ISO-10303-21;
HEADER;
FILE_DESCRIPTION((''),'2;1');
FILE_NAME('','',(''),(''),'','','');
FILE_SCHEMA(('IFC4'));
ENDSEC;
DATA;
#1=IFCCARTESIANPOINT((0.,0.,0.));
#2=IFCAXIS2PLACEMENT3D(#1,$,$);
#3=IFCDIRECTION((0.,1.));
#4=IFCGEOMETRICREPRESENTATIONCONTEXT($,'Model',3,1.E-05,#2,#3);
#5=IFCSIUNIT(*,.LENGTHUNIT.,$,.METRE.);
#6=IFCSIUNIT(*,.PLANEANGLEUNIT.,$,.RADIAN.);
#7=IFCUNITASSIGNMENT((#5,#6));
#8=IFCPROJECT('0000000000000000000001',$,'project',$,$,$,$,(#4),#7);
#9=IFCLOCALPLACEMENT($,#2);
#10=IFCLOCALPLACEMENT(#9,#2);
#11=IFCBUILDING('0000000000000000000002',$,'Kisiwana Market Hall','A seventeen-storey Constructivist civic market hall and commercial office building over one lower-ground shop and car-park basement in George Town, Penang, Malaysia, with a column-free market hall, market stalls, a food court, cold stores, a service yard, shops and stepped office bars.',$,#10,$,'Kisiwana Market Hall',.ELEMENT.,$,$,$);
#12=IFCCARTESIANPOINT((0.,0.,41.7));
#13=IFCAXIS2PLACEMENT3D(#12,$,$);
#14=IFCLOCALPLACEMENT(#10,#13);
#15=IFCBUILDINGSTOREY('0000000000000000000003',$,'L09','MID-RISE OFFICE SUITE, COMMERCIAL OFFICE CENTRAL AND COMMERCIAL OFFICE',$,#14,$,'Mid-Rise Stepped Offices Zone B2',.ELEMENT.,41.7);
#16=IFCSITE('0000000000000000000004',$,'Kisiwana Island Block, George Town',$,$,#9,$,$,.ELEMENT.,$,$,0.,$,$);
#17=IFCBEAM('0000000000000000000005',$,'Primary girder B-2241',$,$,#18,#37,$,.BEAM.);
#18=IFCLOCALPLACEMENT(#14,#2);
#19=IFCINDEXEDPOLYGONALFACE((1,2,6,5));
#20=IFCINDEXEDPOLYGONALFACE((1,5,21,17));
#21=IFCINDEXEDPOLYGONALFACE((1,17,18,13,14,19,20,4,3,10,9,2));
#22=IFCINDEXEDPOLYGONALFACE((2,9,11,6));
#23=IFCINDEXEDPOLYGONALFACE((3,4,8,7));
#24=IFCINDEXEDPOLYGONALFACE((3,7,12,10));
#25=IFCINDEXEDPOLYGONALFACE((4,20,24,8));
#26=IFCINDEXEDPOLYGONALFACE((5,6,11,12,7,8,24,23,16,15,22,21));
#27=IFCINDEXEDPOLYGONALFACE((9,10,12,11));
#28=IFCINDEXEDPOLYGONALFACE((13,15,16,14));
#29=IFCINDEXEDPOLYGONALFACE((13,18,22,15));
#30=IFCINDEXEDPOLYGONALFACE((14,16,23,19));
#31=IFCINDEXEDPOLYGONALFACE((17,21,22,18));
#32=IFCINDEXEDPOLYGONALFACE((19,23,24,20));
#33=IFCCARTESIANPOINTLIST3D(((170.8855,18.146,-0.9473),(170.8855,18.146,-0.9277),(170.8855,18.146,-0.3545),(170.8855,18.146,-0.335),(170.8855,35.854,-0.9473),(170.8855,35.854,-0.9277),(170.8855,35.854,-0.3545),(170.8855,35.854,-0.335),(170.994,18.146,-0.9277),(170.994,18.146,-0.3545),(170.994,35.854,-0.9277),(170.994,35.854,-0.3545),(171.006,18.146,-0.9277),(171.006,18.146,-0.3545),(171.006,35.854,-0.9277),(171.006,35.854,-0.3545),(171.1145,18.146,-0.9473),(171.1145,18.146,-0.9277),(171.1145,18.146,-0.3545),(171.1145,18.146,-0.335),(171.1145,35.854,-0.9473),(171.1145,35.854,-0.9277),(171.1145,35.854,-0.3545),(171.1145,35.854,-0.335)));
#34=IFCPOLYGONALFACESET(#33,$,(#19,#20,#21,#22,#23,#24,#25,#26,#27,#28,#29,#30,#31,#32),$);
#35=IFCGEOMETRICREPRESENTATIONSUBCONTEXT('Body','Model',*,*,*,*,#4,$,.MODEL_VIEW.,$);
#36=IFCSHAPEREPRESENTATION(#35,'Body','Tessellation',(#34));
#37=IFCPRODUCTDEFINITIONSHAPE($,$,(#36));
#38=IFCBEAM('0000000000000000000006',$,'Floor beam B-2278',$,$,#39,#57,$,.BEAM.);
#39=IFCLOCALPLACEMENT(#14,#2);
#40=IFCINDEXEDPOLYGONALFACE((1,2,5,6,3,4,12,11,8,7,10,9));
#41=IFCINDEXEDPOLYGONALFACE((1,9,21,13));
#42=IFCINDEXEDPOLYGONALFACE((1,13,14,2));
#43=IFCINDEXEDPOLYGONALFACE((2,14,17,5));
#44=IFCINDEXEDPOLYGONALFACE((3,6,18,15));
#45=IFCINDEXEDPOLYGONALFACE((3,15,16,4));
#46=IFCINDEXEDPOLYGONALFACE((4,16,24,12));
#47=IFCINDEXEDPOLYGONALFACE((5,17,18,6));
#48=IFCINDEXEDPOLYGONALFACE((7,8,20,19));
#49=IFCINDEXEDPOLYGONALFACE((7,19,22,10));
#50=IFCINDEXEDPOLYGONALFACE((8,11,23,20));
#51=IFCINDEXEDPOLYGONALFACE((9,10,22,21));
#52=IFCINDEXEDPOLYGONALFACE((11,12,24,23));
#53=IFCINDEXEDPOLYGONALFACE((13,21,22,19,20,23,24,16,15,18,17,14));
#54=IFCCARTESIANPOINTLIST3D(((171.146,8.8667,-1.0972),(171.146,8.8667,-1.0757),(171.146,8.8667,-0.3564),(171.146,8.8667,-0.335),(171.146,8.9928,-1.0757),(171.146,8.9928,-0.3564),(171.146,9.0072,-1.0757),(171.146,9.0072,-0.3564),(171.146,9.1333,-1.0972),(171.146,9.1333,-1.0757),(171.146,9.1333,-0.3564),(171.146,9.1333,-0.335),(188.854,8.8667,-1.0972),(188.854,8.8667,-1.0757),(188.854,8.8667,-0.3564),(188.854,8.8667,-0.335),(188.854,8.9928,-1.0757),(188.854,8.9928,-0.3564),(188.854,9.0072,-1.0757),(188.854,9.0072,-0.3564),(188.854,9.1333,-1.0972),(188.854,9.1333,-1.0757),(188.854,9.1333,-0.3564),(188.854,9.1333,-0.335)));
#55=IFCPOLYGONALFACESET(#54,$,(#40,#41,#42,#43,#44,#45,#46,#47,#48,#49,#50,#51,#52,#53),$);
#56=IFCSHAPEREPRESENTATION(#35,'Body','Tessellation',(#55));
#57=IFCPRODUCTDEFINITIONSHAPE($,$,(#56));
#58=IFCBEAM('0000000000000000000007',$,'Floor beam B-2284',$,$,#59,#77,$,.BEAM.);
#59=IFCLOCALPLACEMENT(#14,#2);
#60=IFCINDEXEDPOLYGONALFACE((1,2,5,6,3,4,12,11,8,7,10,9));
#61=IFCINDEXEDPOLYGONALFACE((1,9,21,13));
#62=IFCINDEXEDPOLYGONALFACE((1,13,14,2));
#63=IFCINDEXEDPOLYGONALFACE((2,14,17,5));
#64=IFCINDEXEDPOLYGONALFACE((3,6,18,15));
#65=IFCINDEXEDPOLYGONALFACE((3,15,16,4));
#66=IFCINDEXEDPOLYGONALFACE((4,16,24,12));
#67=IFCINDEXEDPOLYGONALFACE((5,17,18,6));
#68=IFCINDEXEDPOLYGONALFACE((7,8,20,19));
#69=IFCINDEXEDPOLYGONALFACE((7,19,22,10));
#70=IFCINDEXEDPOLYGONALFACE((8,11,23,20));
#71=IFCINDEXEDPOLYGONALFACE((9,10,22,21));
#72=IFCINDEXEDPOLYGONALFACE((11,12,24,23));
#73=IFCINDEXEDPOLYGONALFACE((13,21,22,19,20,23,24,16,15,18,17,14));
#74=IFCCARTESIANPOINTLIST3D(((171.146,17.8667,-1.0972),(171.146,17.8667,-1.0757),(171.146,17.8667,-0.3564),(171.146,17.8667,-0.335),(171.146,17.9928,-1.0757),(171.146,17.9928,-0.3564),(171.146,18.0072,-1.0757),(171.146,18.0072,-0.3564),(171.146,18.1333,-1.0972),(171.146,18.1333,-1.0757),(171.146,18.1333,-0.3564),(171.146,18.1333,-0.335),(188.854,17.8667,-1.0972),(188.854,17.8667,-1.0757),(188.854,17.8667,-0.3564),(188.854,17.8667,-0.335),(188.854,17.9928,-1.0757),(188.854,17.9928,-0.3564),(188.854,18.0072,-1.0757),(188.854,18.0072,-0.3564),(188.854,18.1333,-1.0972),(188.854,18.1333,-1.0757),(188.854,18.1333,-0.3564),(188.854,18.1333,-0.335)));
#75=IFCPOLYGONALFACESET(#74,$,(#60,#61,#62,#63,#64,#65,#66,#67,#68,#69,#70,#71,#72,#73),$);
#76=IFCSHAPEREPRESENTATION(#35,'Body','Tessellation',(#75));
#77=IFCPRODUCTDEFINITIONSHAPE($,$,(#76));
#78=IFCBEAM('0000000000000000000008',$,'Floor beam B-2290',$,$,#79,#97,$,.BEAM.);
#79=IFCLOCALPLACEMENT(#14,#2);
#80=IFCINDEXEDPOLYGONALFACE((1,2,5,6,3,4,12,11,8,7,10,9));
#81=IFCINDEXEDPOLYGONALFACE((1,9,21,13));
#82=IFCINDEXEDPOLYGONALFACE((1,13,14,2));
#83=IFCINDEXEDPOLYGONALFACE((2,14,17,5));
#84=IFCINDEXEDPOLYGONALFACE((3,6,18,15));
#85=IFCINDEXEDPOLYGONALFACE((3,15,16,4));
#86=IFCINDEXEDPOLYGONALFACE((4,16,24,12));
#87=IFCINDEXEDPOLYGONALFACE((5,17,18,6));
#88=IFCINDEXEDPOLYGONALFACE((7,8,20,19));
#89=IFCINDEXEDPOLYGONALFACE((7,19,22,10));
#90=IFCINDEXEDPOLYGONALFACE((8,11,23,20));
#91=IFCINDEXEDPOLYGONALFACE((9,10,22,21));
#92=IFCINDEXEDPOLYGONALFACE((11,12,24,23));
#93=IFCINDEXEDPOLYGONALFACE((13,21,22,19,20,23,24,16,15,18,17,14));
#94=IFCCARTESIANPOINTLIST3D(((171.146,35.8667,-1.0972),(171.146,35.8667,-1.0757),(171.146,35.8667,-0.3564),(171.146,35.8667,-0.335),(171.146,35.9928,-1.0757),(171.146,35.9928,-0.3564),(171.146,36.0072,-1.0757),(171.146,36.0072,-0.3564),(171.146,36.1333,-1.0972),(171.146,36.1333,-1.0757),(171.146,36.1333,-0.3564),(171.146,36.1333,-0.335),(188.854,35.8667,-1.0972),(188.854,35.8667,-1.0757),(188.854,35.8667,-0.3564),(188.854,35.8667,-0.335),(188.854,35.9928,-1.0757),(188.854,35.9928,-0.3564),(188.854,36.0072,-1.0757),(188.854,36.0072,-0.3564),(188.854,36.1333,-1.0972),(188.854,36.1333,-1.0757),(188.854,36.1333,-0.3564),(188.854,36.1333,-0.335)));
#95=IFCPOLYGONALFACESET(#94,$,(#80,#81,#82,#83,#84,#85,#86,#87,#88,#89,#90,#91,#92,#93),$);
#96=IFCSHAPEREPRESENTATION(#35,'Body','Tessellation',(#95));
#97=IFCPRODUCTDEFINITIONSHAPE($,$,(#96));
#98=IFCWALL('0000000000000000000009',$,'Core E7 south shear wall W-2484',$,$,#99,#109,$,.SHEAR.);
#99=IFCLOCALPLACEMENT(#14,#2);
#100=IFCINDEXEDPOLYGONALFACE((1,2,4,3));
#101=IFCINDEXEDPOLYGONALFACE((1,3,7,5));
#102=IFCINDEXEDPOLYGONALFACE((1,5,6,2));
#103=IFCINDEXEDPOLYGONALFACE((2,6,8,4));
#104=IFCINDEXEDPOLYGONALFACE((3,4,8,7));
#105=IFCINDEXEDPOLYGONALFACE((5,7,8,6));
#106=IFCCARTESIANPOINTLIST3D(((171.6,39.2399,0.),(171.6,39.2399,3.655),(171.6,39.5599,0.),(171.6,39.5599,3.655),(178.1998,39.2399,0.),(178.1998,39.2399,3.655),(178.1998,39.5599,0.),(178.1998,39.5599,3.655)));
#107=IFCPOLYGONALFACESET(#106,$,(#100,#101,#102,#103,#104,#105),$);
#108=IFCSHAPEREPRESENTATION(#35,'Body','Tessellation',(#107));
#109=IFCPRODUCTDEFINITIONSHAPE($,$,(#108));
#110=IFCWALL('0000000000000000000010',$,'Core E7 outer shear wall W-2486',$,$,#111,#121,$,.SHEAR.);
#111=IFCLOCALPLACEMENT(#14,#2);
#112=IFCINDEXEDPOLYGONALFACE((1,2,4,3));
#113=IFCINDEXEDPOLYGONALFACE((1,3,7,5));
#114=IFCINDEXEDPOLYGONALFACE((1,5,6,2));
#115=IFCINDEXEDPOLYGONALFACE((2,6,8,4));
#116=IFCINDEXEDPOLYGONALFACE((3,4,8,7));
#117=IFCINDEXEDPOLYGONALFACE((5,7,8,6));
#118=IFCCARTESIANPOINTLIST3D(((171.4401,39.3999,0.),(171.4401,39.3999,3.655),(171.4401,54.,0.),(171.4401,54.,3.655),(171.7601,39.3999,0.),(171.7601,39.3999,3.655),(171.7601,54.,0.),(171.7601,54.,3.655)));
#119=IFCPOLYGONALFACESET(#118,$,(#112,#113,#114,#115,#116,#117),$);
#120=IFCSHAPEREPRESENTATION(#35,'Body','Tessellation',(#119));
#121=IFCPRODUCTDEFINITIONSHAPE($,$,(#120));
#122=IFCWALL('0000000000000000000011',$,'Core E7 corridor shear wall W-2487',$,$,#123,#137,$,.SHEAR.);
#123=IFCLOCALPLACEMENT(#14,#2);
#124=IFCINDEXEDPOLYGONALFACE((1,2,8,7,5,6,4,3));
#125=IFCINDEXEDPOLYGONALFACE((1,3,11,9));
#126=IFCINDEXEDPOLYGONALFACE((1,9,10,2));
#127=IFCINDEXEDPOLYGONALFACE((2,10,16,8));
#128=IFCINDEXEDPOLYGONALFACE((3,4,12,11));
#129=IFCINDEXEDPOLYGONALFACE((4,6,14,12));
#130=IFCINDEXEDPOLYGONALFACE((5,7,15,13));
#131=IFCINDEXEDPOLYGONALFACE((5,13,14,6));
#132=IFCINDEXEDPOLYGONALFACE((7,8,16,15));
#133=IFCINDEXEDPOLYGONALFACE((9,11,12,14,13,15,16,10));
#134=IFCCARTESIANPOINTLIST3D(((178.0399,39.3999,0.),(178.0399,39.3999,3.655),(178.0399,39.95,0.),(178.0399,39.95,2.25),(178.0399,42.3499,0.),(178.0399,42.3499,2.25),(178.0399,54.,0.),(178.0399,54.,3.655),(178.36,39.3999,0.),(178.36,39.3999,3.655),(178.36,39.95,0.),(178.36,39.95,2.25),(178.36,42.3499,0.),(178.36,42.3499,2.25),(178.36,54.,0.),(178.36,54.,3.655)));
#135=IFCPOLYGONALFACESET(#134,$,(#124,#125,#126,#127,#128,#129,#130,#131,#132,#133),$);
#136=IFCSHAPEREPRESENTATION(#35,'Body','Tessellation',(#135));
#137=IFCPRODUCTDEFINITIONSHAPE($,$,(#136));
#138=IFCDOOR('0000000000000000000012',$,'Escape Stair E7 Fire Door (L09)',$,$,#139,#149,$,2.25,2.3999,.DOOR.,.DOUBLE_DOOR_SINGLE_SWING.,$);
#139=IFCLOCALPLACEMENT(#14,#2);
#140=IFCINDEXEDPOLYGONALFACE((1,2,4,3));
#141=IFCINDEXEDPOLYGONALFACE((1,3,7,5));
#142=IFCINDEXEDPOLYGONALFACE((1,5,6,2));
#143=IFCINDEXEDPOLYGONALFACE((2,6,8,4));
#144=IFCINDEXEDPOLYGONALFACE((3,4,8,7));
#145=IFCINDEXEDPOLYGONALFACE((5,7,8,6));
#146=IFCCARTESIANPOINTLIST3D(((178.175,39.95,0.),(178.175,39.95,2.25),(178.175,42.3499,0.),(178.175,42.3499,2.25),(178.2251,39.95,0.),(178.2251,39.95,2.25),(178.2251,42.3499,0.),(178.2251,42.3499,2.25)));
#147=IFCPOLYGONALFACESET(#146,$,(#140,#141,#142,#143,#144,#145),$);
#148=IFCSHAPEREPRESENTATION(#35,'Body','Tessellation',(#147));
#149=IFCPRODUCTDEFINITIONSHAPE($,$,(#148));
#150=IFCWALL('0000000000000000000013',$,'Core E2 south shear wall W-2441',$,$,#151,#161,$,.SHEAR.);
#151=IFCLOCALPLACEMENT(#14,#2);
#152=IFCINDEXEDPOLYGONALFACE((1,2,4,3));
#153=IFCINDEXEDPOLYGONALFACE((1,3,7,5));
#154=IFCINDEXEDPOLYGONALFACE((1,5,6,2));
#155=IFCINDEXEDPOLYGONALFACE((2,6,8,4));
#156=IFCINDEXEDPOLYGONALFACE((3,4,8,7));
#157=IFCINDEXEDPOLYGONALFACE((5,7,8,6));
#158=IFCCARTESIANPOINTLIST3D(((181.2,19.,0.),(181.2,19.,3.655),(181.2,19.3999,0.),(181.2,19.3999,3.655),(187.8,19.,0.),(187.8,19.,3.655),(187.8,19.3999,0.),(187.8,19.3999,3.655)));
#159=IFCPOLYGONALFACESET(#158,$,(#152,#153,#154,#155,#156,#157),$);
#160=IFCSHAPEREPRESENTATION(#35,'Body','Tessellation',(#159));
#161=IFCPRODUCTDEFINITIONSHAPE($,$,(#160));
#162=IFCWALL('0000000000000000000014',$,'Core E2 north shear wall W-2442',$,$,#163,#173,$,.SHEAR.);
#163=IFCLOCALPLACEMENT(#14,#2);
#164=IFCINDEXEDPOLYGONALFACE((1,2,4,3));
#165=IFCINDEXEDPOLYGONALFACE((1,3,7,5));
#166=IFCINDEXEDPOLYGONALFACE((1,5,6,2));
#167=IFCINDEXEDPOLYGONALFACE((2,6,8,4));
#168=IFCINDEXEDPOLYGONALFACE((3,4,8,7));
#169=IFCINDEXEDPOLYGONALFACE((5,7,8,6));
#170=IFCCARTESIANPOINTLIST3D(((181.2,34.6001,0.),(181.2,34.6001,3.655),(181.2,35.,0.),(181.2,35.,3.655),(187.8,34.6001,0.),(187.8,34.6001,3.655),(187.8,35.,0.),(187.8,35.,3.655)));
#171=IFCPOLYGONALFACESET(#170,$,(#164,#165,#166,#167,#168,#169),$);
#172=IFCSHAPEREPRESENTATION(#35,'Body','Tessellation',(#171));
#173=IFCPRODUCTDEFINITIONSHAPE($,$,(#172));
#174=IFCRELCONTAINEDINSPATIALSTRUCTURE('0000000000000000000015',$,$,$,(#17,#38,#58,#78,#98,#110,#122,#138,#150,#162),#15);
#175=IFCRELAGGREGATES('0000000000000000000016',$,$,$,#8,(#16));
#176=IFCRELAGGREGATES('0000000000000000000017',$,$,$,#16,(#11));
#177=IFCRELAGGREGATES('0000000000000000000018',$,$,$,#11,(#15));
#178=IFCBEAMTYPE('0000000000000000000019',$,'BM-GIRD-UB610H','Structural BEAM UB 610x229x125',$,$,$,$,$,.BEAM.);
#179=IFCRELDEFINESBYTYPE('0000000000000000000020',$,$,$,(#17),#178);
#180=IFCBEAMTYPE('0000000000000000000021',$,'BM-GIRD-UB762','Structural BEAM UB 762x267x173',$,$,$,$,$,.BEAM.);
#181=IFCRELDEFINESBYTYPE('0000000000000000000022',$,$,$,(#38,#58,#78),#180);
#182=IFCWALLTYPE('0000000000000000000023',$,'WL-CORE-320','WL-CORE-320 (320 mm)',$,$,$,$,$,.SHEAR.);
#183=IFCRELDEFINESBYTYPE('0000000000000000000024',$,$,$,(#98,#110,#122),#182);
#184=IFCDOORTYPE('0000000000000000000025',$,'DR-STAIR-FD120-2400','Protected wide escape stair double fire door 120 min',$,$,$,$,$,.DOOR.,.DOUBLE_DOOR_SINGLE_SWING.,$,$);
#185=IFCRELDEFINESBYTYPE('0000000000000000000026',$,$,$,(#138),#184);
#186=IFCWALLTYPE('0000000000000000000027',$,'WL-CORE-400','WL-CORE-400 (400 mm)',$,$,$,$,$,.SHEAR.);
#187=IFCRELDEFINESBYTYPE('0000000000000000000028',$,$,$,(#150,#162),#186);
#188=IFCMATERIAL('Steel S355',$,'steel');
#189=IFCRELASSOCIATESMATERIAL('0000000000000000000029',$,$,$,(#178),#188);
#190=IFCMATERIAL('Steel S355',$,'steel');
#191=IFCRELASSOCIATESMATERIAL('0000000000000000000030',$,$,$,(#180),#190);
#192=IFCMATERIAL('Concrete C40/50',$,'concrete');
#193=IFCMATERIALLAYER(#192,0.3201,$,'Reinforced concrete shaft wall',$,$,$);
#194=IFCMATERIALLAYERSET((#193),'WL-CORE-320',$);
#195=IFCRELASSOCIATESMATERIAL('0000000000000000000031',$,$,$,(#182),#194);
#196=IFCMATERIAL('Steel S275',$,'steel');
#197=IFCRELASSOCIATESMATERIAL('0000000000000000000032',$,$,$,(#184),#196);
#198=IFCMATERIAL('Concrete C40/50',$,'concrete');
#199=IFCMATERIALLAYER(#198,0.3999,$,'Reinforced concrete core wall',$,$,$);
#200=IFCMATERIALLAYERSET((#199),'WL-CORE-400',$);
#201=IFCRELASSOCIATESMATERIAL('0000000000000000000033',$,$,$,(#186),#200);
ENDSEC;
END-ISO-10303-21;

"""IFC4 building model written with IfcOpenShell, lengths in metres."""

from ifc_helpers import new_model, si_unit, direction, frame, frame_2d, origin, origin_2d, place, context, subcontext, project, spatial, rectangle, i_section, extrude, material, layer, layer_set, material_profile, profile_set, type_object, element, fill, save


model = new_model("IFC4")

# Units and contexts
model_context = context("Model", 3, precision=1e-05, world=origin(), true_north=direction((0.0, 1.0)))
body_context = subcontext(model_context, "Body", "Model", "MODEL_VIEW")
ifc_project = project(units=[si_unit("LENGTHUNIT", "METRE"), si_unit("PLANEANGLEUNIT", "RADIAN")], contexts=[model_context])

# Site, building, storey
site_placement = place(None, origin())
site = spatial("IfcSite", under=ifc_project, at=site_placement, Name="Kisiwana Island Block, George Town", CompositionType="ELEMENT", RefElevation=0.0)
building_placement = place(site_placement, origin())
building = spatial("IfcBuilding", under=site, at=building_placement, Name="Kisiwana Market Hall", Description="A seventeen-storey Constructivist civic market hall and commercial office building over one lower-ground shop and car-park basement in George Town, Penang, Malaysia, with a column-free market hall, market stalls, a food court, cold stores, a service yard, shops and stepped office bars.", LongName="Kisiwana Market Hall", CompositionType="ELEMENT")
storey_placement = place(building_placement, frame((0.0, 0.0, 41.7)))
storey = spatial("IfcBuildingStorey", under=building, at=storey_placement, Name="L09", Description="MID-RISE OFFICE SUITE, COMMERCIAL OFFICE CENTRAL AND COMMERCIAL OFFICE", LongName="Mid-Rise Stepped Offices Zone B2", CompositionType="ELEMENT", Elevation=41.7)

# Beams
ifc_material_1 = material(Name="Steel S355", Category="steel")
ifc_material_profile_1 = material_profile(ifc_material_1, i_section(OverallWidth=0.229, OverallDepth=0.6123, WebThickness=0.012, FlangeThickness=0.0195, at=origin_2d()), Name="UB 610x229x125")
ifc_profile_set_1 = profile_set([ifc_material_profile_1], Name="Steel S355")
beam_type_1 = type_object("IfcBeamType", Name="BM-GIRD-UB610H", Description="Structural BEAM UB 610x229x125", PredefinedType="BEAM", material=ifc_profile_set_1)
beam_placement = place(storey_placement, frame((171.0, 18.146, -0.6411), z_axis=(0.0, 1.0, 0.0), x_axis=(-1.0, 0.0, 0.0)))
element("IfcBeam", 1, at=beam_placement, inside=storey, type_object=beam_type_1, Name="Primary girder B-2241", PredefinedType="BEAM", context=body_context, shape_type="SweptSolid", body=[
    extrude(i_section(OverallWidth=0.229, OverallDepth=0.6123, WebThickness=0.012, FlangeThickness=0.0195, at=origin_2d()), origin(), (0.0, 0.0, 1.0), 17.708),
])
ifc_material_2 = material(Name="Steel S355", Category="steel")
ifc_material_profile_2 = material_profile(ifc_material_2, i_section(OverallWidth=0.2666, OverallDepth=0.7622, WebThickness=0.0144, FlangeThickness=0.0215, at=origin_2d()), Name="UB 762x267x173")
ifc_profile_set_2 = profile_set([ifc_material_profile_2], Name="Steel S355")
beam_type_2 = type_object("IfcBeamType", Name="BM-GIRD-UB762", Description="Structural BEAM UB 762x267x173", PredefinedType="BEAM", material=ifc_profile_set_2)
for number, where, z_axis, x_axis, name in (
    (2, (171.146, 9.0, -0.7161), (1.0, 0.0, 0.0), (0.0, 1.0, 0.0), "Floor beam B-2278"),
    (3, (171.146, 18.0, -0.7161), (1.0, 0.0, 0.0), (0.0, 1.0, 0.0), "Floor beam B-2284"),
    (4, (171.146, 36.0, -0.7161), (1.0, 0.0, 0.0), (0.0, 1.0, 0.0), "Floor beam B-2290"),
):
    element("IfcBeam", number, at=place(storey_placement, frame(where, z_axis=z_axis, x_axis=x_axis)), inside=storey, type_object=beam_type_2, Name=name, PredefinedType="BEAM", context=body_context, shape_type="SweptSolid", body=[
        extrude(i_section(OverallWidth=0.2666, OverallDepth=0.7622, WebThickness=0.0144, FlangeThickness=0.0215, at=origin_2d()), origin(), (0.0, 0.0, 1.0), 17.708),
    ])

# Walls
ifc_material_3 = material(Name="Concrete C40/50", Category="concrete")
ifc_layer_1 = layer(ifc_material_3, 0.3201, Name="Reinforced concrete shaft wall")
ifc_layer_set_1 = layer_set([ifc_layer_1], Name="WL-CORE-320")
wall_type_1 = type_object("IfcWallType", Name="WL-CORE-320", Description="WL-CORE-320 (320 mm)", PredefinedType="SHEAR", material=ifc_layer_set_1)
wall_1_placement = place(storey_placement, frame((171.6001, 39.3999, 0.0), z_axis=(0.0, 0.0, 1.0), x_axis=(1.0, 0.0, 0.0)))
element("IfcWall", 5, at=wall_1_placement, inside=storey, type_object=wall_type_1, Name="Core E7 south shear wall W-2484", PredefinedType="SHEAR", context=body_context, shape_type="SweptSolid", body=[
    extrude(rectangle(XDim=6.5999, YDim=0.3201, at=frame_2d((3.2998, 0.0))), origin(), (0.0, 0.0, 1.0), 3.655),
])
wall_2_placement = place(storey_placement, frame((171.6001, 39.3999, 0.0), z_axis=(0.0, 0.0, 1.0), x_axis=(0.0, 1.0, 0.0)))
element("IfcWall", 6, at=wall_2_placement, inside=storey, type_object=wall_type_1, Name="Core E7 outer shear wall W-2486", PredefinedType="SHEAR", context=body_context, shape_type="SweptSolid", body=[
    extrude(rectangle(XDim=14.6001, YDim=0.3201, at=frame_2d((7.3, 0.0))), origin(), (0.0, 0.0, 1.0), 3.655),
])

# Wall, opening, door
wall_3_placement = place(storey_placement, frame((178.2, 39.3999, 0.0), z_axis=(0.0, 0.0, 1.0), x_axis=(0.0, 1.0, 0.0)))
wall_3 = element("IfcWall", 7, at=wall_3_placement, inside=storey, type_object=wall_type_1, Name="Core E7 corridor shear wall W-2487", PredefinedType="SHEAR", context=body_context, shape_type="SweptSolid", body=[
    extrude(rectangle(XDim=14.6001, YDim=0.3201, at=frame_2d((7.3, 0.0))), origin(), (0.0, 0.0, 1.0), 3.655),
])
opening_1_placement = place(wall_3_placement, frame((0.55, 0.0, 0.0)))
opening_1 = element("IfcOpeningElement", 8, at=opening_1_placement, cuts=wall_3, PredefinedType="OPENING", context=body_context, shape_type="SweptSolid", body=[
    extrude(rectangle(XDim=2.3999, YDim=2.25, at=frame_2d((1.2, 1.125))), frame((0.0, 0.1719, 0.0), z_axis=(0.0, -1.0, 0.0), x_axis=(1.0, 0.0, 0.0)), (0.0, 0.0, 1.0), 0.344),
])
ifc_material_4 = material(Name="Steel S275", Category="steel")
door_type_1 = type_object("IfcDoorType", Name="DR-STAIR-FD120-2400", Description="Protected wide escape stair double fire door 120 min", OperationType="DOUBLE_DOOR_SINGLE_SWING", PredefinedType="DOOR", material=ifc_material_4)
door_1_placement = place(opening_1_placement, origin())
door_1 = element("IfcDoor", 9, at=door_1_placement, inside=storey, type_object=door_type_1, Name="Escape Stair E7 Fire Door (L09)", OperationType="DOUBLE_DOOR_SINGLE_SWING", OverallHeight=2.25, OverallWidth=2.3999, PredefinedType="DOOR", context=body_context, shape_type="SweptSolid", body=[
    extrude(rectangle(XDim=2.3999, YDim=2.25, at=frame_2d((1.2, 1.125))), frame((0.0, 0.0249, 0.0), z_axis=(0.0, -1.0, 0.0), x_axis=(1.0, 0.0, 0.0)), (0.0, 0.0, 1.0), 0.05),
])
fill(opening_1, door_1)

# Walls
ifc_material_5 = material(Name="Concrete C40/50", Category="concrete")
ifc_layer_2 = layer(ifc_material_5, 0.3999, Name="Reinforced concrete core wall")
ifc_layer_set_2 = layer_set([ifc_layer_2], Name="WL-CORE-400")
wall_type_2 = type_object("IfcWallType", Name="WL-CORE-400", Description="WL-CORE-400 (400 mm)", PredefinedType="SHEAR", material=ifc_layer_set_2)
for number, where, z_axis, x_axis, name in (
    (10, (181.2, 19.2, 0.0), (0.0, 0.0, 1.0), (1.0, 0.0, 0.0), "Core E2 south shear wall W-2441"),
    (11, (181.2, 34.8, 0.0), (0.0, 0.0, 1.0), (1.0, 0.0, 0.0), "Core E2 north shear wall W-2442"),
):
    element("IfcWall", number, at=place(storey_placement, frame(where, z_axis=z_axis, x_axis=x_axis)), inside=storey, type_object=wall_type_2, Name=name, PredefinedType="SHEAR", context=body_context, shape_type="SweptSolid", body=[
        extrude(rectangle(XDim=6.6001, YDim=0.3999, at=frame_2d((3.3, 0.0))), origin(), (0.0, 0.0, 1.0), 3.655),
    ])

save(model, "model.ifc")
